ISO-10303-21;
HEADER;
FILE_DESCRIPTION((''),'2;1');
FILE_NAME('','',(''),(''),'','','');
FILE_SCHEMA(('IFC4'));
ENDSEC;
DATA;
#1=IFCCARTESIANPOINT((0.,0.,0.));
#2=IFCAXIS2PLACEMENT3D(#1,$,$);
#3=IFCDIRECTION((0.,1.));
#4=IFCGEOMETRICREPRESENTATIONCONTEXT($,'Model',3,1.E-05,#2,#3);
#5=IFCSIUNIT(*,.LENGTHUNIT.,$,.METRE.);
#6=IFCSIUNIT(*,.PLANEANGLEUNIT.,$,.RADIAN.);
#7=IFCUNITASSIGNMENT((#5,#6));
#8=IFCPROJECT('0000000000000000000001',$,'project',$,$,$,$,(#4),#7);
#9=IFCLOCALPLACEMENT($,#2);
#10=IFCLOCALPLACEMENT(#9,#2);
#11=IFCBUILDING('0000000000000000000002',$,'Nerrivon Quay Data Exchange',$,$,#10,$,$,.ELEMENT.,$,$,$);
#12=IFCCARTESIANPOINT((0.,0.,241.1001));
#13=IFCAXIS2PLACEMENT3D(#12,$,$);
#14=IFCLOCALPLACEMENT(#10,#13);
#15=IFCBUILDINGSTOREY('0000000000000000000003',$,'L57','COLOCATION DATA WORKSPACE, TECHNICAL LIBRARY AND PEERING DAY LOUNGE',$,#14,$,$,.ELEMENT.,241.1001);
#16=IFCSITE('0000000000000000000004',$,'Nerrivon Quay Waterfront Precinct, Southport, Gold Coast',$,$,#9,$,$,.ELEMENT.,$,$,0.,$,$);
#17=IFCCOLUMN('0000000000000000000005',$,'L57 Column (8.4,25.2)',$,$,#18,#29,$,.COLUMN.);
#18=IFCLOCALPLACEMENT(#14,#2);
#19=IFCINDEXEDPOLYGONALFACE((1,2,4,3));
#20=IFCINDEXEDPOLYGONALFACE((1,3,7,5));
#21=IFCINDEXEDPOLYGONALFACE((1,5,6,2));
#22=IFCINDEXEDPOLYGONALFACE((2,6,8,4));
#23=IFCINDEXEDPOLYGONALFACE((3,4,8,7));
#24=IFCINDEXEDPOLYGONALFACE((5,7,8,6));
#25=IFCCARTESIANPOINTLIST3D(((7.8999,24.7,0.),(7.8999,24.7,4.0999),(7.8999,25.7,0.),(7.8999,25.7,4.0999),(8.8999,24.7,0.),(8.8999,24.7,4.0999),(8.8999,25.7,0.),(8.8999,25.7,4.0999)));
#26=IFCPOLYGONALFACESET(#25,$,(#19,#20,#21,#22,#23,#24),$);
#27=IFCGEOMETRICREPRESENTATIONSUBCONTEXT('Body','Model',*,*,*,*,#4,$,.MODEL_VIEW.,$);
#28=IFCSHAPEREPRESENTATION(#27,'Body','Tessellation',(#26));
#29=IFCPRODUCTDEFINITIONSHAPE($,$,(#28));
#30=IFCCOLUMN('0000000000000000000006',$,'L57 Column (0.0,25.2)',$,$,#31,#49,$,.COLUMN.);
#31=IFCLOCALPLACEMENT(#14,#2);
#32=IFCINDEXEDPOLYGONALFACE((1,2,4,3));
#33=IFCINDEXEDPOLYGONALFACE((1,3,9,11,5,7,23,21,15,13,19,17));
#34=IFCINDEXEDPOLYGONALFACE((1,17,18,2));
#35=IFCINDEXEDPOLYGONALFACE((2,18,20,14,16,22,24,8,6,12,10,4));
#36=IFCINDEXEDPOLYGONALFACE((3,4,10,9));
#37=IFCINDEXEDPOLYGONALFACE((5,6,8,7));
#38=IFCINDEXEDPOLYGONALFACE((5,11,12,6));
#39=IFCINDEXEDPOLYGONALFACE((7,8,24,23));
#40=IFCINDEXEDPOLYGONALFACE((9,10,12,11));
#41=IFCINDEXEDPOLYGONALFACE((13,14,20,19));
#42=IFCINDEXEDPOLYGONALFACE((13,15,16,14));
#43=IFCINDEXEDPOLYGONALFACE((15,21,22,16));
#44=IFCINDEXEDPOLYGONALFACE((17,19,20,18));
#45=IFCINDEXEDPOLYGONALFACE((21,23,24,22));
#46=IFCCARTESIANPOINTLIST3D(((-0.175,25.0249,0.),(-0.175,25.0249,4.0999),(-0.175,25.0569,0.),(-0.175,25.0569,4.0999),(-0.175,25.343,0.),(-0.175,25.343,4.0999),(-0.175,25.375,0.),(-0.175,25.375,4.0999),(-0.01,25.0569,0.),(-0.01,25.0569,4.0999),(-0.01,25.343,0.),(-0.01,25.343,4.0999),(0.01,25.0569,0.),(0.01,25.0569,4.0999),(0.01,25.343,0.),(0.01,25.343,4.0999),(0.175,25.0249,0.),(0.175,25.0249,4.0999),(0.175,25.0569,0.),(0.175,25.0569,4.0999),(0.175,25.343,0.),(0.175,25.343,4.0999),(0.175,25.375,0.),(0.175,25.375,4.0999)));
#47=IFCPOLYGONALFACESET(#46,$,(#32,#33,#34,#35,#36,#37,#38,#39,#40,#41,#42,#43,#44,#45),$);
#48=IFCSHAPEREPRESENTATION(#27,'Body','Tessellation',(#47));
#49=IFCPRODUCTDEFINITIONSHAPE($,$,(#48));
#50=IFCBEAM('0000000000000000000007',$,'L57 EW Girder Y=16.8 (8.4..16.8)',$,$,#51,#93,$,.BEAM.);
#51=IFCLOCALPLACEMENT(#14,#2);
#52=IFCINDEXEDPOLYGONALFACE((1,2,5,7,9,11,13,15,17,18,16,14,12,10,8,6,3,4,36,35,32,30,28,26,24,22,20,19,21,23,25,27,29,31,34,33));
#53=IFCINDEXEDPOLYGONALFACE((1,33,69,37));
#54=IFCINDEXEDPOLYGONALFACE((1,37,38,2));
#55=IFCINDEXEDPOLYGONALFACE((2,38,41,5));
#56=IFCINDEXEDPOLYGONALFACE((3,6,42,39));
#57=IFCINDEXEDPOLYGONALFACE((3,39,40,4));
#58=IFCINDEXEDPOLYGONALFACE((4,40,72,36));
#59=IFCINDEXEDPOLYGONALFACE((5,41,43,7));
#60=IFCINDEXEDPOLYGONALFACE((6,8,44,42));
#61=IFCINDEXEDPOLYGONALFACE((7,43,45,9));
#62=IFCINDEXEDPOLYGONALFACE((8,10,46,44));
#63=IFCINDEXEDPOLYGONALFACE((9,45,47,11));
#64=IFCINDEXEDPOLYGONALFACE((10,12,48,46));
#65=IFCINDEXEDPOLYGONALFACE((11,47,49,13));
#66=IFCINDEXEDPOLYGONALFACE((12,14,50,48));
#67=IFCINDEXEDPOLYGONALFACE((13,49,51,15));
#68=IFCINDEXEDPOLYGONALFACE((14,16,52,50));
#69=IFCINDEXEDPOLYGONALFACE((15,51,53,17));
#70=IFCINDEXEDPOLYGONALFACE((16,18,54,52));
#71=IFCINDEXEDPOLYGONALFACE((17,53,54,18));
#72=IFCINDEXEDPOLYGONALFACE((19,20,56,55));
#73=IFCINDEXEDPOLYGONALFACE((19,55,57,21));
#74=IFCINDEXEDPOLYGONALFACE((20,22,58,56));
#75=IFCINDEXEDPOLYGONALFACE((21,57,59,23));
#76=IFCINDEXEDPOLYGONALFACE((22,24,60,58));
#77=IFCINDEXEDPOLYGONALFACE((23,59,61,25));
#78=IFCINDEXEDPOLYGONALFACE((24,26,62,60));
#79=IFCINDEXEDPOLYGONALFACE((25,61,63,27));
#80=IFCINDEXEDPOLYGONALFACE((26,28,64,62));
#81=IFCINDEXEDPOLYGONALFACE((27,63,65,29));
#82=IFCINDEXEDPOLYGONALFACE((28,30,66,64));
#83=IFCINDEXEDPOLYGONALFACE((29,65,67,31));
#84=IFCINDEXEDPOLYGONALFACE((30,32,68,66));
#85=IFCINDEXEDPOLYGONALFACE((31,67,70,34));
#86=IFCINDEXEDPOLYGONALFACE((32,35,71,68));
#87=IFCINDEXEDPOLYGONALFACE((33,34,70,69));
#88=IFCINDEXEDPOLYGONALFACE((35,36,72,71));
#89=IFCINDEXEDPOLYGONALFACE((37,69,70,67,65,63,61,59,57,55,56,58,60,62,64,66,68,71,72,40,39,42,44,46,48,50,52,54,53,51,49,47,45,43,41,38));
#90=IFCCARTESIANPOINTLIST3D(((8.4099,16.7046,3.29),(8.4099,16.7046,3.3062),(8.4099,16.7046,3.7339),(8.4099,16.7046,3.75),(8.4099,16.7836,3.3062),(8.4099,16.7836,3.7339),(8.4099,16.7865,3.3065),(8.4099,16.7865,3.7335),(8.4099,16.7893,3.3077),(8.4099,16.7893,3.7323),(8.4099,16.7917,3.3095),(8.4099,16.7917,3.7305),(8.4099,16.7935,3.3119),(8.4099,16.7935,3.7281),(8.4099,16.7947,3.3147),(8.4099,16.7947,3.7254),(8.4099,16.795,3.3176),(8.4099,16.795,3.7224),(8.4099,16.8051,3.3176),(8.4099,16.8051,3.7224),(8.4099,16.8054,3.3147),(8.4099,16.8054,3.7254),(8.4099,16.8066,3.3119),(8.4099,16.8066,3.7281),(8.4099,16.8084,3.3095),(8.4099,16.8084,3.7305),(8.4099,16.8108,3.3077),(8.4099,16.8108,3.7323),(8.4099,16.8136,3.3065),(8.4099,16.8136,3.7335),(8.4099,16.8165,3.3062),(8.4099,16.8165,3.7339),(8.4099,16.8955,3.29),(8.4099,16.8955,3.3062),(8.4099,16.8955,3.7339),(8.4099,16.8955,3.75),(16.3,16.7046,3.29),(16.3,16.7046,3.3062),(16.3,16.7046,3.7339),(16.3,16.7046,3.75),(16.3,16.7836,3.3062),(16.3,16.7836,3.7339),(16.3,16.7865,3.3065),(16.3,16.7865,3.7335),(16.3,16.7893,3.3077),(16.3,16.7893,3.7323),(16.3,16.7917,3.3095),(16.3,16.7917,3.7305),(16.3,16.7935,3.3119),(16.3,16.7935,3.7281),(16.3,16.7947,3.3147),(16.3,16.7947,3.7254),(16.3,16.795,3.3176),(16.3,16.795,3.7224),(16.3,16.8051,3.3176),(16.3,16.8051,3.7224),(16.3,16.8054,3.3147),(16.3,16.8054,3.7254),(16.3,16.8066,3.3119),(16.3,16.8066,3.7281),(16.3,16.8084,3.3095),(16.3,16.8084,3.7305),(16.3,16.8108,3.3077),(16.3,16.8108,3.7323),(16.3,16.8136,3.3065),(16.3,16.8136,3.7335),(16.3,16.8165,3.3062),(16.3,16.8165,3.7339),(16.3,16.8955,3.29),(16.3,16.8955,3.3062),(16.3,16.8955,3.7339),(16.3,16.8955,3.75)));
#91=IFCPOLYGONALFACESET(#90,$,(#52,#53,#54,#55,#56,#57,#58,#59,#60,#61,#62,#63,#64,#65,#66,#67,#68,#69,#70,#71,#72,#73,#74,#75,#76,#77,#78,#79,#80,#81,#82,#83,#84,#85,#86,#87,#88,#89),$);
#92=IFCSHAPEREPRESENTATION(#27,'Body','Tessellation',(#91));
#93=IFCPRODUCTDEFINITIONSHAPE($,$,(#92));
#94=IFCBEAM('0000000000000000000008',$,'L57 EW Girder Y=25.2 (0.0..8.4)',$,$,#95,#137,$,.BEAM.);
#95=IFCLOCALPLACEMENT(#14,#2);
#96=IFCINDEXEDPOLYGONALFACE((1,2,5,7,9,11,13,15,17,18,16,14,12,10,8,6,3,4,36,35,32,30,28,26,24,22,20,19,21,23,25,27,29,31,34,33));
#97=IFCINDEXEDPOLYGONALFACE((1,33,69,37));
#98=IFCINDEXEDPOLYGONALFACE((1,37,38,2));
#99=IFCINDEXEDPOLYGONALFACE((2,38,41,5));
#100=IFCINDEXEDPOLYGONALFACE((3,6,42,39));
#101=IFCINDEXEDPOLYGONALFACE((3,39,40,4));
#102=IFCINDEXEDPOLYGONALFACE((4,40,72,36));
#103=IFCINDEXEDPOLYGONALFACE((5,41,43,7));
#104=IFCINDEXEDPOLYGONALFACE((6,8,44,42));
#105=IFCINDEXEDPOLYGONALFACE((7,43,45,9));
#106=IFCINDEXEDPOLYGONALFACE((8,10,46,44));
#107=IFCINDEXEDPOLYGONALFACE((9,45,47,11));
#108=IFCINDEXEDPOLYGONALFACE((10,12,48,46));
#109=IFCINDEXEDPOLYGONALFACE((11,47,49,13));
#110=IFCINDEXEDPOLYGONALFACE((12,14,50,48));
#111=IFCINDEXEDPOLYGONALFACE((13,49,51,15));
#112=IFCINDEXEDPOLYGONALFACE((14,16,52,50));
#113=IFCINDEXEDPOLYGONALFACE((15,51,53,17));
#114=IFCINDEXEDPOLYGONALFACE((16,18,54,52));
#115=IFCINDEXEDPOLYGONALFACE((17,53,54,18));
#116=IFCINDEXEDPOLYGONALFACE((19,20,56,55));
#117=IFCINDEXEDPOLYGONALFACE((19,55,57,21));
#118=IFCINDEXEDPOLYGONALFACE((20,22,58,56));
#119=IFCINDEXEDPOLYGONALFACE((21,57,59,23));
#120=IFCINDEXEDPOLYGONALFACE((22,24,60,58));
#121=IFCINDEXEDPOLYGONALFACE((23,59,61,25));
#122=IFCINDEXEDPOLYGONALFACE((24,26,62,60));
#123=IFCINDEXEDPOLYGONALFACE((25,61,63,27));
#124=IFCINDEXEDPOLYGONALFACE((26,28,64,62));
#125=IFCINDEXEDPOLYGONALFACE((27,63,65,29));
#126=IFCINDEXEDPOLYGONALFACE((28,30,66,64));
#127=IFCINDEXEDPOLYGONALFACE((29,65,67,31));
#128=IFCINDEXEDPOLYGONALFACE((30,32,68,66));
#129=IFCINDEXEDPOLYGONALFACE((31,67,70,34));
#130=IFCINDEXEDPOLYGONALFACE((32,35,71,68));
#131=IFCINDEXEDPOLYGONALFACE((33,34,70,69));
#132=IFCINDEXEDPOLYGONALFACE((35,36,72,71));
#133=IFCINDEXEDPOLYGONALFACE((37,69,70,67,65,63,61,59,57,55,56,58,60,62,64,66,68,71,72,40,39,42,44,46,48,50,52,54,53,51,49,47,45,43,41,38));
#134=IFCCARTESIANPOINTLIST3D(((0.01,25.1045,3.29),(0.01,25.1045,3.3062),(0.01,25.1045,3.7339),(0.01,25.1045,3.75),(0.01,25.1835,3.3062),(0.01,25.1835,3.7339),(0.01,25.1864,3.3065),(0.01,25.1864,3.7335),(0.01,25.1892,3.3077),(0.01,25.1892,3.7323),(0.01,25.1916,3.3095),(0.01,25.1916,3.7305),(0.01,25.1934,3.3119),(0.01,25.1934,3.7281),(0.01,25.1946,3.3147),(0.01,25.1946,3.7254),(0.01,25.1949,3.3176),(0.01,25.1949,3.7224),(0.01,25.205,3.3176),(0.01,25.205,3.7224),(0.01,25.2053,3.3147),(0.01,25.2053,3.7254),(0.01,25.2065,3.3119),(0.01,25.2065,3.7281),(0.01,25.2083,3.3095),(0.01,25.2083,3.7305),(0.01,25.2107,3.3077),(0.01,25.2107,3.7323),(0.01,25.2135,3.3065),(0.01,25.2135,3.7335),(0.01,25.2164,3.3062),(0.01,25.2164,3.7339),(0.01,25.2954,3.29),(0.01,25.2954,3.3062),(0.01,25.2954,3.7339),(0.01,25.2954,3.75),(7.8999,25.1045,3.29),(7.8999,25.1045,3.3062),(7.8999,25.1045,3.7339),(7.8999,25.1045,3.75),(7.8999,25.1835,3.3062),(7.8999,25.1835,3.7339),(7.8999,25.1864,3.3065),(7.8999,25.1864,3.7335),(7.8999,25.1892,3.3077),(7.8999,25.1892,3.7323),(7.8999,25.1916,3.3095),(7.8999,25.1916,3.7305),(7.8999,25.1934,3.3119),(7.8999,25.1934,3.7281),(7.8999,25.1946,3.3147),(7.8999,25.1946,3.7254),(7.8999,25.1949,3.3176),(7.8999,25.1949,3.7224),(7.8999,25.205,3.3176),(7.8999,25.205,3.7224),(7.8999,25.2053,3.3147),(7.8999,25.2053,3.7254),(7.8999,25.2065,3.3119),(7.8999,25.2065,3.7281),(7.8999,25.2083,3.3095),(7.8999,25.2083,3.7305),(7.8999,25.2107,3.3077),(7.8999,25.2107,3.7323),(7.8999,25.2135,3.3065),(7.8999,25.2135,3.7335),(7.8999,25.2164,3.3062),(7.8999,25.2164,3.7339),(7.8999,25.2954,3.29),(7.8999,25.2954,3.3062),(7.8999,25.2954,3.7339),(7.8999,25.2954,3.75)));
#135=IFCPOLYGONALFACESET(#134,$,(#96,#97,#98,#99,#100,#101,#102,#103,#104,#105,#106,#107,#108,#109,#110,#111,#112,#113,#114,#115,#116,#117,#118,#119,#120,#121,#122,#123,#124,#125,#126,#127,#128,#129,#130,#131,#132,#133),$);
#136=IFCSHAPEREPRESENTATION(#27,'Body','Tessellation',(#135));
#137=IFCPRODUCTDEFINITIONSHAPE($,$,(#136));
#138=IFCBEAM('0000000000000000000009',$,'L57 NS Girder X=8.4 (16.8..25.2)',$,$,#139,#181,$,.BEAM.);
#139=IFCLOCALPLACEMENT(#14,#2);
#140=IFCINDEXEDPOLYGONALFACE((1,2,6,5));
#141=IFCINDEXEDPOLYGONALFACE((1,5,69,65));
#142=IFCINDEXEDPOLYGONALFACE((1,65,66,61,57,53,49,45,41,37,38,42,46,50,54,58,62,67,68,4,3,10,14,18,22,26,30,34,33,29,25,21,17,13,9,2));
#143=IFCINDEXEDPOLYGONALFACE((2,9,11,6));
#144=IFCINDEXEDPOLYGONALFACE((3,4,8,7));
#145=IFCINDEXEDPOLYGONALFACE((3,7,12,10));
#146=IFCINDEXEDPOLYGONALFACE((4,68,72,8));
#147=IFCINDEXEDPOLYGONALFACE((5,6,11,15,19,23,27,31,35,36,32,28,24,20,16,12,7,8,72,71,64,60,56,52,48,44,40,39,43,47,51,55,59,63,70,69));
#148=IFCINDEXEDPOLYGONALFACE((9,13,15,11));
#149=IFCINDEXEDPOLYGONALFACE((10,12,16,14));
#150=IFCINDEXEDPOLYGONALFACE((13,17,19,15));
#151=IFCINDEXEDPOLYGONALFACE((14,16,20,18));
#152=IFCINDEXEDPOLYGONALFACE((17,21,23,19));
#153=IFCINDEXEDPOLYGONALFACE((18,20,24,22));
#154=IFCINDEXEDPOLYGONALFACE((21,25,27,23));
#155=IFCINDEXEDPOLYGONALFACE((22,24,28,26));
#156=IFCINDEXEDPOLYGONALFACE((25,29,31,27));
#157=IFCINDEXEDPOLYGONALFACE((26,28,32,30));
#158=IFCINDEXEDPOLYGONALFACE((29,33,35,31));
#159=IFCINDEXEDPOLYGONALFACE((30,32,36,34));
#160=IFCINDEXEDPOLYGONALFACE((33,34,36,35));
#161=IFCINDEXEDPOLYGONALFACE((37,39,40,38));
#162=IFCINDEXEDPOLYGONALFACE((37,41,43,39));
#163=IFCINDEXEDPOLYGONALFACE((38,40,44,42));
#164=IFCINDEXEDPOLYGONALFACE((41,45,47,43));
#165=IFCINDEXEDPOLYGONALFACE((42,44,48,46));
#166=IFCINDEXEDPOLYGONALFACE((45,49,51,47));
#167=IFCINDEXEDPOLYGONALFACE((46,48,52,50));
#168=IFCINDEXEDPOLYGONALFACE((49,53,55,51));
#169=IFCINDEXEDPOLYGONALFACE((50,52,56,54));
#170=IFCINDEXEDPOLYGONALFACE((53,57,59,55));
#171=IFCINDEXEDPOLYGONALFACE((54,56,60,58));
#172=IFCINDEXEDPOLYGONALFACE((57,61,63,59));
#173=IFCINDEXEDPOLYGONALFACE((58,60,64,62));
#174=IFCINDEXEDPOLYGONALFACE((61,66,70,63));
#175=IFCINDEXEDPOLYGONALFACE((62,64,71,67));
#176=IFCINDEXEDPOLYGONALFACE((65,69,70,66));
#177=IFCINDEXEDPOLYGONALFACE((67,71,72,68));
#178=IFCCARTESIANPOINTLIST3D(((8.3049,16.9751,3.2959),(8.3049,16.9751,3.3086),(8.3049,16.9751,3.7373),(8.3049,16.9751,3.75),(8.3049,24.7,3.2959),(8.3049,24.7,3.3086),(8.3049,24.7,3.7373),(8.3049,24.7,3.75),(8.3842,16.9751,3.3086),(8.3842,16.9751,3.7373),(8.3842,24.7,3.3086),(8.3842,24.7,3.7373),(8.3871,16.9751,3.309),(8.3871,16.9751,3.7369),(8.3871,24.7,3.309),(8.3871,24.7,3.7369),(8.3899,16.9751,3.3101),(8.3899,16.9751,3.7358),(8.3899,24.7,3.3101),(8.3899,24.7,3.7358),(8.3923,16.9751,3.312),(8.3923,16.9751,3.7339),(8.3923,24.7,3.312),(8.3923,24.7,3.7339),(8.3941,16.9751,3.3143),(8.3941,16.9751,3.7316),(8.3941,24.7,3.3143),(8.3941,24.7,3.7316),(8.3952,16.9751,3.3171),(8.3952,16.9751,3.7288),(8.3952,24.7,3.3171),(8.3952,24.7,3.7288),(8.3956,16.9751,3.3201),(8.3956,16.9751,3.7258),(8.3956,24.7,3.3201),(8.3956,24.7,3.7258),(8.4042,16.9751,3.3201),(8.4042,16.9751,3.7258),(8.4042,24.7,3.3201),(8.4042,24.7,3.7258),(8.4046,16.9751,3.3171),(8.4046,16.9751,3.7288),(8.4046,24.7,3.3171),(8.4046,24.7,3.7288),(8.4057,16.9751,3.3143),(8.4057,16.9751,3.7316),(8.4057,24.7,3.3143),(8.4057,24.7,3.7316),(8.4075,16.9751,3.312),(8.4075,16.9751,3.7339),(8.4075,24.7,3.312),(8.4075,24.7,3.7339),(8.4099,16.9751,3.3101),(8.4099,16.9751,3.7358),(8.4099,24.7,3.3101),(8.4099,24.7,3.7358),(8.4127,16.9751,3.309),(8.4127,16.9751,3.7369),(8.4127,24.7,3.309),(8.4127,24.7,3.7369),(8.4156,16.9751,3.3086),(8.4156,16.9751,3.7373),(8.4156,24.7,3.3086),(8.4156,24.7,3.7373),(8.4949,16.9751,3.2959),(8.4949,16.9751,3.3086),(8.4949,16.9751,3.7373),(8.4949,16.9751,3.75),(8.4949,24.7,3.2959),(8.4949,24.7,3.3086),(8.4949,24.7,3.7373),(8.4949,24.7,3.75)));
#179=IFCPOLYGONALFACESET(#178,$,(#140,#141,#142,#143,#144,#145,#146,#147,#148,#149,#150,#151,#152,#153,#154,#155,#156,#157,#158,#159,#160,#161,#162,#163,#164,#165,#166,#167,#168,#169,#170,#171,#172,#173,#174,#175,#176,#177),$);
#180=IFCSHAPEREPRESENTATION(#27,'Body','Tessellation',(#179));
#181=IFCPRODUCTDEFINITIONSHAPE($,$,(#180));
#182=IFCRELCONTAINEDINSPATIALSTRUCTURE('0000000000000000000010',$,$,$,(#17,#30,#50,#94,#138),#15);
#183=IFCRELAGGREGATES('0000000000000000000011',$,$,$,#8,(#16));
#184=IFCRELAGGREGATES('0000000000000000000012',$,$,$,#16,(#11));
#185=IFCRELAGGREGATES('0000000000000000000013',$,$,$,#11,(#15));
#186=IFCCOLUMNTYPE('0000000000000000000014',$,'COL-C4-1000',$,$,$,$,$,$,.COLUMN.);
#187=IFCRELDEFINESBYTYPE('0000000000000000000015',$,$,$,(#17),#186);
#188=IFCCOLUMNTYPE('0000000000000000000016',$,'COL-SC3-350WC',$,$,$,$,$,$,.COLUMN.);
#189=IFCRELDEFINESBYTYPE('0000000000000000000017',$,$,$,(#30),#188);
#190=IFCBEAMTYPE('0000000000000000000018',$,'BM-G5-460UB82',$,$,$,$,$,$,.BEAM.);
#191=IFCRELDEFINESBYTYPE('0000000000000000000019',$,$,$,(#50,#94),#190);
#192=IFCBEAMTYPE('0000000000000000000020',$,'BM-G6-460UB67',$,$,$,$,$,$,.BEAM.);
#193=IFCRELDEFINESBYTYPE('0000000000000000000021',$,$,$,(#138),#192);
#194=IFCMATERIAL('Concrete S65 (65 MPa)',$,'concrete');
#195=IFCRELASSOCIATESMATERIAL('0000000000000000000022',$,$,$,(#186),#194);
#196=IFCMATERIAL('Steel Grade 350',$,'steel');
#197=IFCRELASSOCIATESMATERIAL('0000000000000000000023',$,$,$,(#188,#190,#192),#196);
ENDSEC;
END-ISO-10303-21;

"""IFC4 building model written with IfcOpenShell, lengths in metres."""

from ifc_helpers import new_model, si_unit, direction, frame, origin, origin_2d, place, context, subcontext, project, spatial, rectangle, i_section, extrude, material, material_profile, profile_set, type_object, element, save


model = new_model("IFC4")

# Units and contexts
model_context = context("Model", 3, precision=1e-05, world=origin(), true_north=direction((0.0, 1.0)))
body_context = subcontext(model_context, "Body", "Model", "MODEL_VIEW")
ifc_project = project(units=[si_unit("LENGTHUNIT", "METRE"), si_unit("PLANEANGLEUNIT", "RADIAN")], contexts=[model_context])

# Site, building, storey
site_placement = place(None, origin())
site = spatial("IfcSite", under=ifc_project, at=site_placement, Name="Nerrivon Quay Waterfront Precinct, Southport, Gold Coast", CompositionType="ELEMENT", RefElevation=0.0)
building_placement = place(site_placement, origin())
building = spatial("IfcBuilding", under=site, at=building_placement, Name="Nerrivon Quay Data Exchange", CompositionType="ELEMENT")
storey_placement = place(building_placement, frame((0.0, 0.0, 241.1001)))
storey = spatial("IfcBuildingStorey", under=building, at=storey_placement, Name="L57", Description="COLOCATION DATA WORKSPACE, TECHNICAL LIBRARY AND PEERING DAY LOUNGE", CompositionType="ELEMENT", Elevation=241.1001)

# Columns
ifc_material_1 = material(Name="Concrete S65 (65 MPa)", Category="concrete")
ifc_material_profile_1 = material_profile(ifc_material_1, rectangle(XDim=1.0, YDim=1.0, at=origin_2d()), Name="RC-COL-1000x1000")
ifc_profile_set_1 = profile_set([ifc_material_profile_1], Name="Concrete S65 (65 MPa)")
column_type_1 = type_object("IfcColumnType", Name="COL-C4-1000", PredefinedType="COLUMN", material=ifc_profile_set_1)
column_1_placement = place(storey_placement, frame((8.3999, 25.2, 0.0), z_axis=(0.0, 0.0, 1.0), x_axis=(1.0, 0.0, 0.0)))
element("IfcColumn", 1, at=column_1_placement, inside=storey, type_object=column_type_1, Name="L57 Column (8.4,25.2)", PredefinedType="COLUMN", context=body_context, shape_type="SweptSolid", body=[
    extrude(rectangle(XDim=1.0, YDim=1.0, at=origin_2d()), origin(), (0.0, 0.0, 1.0), 4.0999),
])
ifc_material_2 = material(Name="Steel Grade 350", Category="steel")
ifc_material_profile_2 = material_profile(ifc_material_2, i_section(OverallWidth=0.3501, OverallDepth=0.3501, WebThickness=0.02, FlangeThickness=0.032, at=origin_2d()), Name="350WC230")
ifc_profile_set_2 = profile_set([ifc_material_profile_2], Name="Steel Grade 350")
column_type_2 = type_object("IfcColumnType", Name="COL-SC3-350WC", PredefinedType="COLUMN", material=ifc_profile_set_2)
column_2_placement = place(storey_placement, frame((0.0, 25.2, 0.0), z_axis=(0.0, 0.0, 1.0), x_axis=(1.0, 0.0, 0.0)))
element("IfcColumn", 2, at=column_2_placement, inside=storey, type_object=column_type_2, Name="L57 Column (0.0,25.2)", PredefinedType="COLUMN", context=body_context, shape_type="SweptSolid", body=[
    extrude(i_section(OverallWidth=0.3501, OverallDepth=0.3501, WebThickness=0.02, FlangeThickness=0.032, at=origin_2d()), origin(), (0.0, 0.0, 1.0), 4.0999),
])

# Beams
ifc_material_profile_3 = material_profile(ifc_material_2, i_section(OverallWidth=0.1909, OverallDepth=0.46, WebThickness=0.01, FlangeThickness=0.0161, FilletRadius=0.0115, at=origin_2d()), Name="460UB82.1")
ifc_profile_set_3 = profile_set([ifc_material_profile_3], Name="Steel Grade 350")
beam_type_1 = type_object("IfcBeamType", Name="BM-G5-460UB82", PredefinedType="BEAM", material=ifc_profile_set_3)
beam_1_placement = place(storey_placement, frame((8.4099, 16.8, 3.52), z_axis=(1.0, 0.0, 0.0), x_axis=(0.0, 1.0, 0.0)))
element("IfcBeam", 3, at=beam_1_placement, inside=storey, type_object=beam_type_1, Name="L57 EW Girder Y=16.8 (8.4..16.8)", PredefinedType="BEAM", context=body_context, shape_type="SweptSolid", body=[
    extrude(i_section(OverallWidth=0.1909, OverallDepth=0.46, WebThickness=0.01, FlangeThickness=0.0161, FilletRadius=0.0115, at=origin_2d()), origin(), (0.0, 0.0, 1.0), 7.8901),
])
beam_2_placement = place(storey_placement, frame((0.01, 25.2, 3.52), z_axis=(1.0, 0.0, 0.0), x_axis=(0.0, 1.0, 0.0)))
element("IfcBeam", 4, at=beam_2_placement, inside=storey, type_object=beam_type_1, Name="L57 EW Girder Y=25.2 (0.0..8.4)", PredefinedType="BEAM", context=body_context, shape_type="SweptSolid", body=[
    extrude(i_section(OverallWidth=0.1909, OverallDepth=0.46, WebThickness=0.01, FlangeThickness=0.0161, FilletRadius=0.0115, at=origin_2d()), origin(), (0.0, 0.0, 1.0), 7.8899),
])
ifc_material_profile_4 = material_profile(ifc_material_2, i_section(OverallWidth=0.1899, OverallDepth=0.4541, WebThickness=0.0085, FlangeThickness=0.0127, FilletRadius=0.0115, at=origin_2d()), Name="460UB67.1")
ifc_profile_set_4 = profile_set([ifc_material_profile_4], Name="Steel Grade 350")
beam_type_2 = type_object("IfcBeamType", Name="BM-G6-460UB67", PredefinedType="BEAM", material=ifc_profile_set_4)
beam_3_placement = place(storey_placement, frame((8.3999, 16.9751, 3.5229), z_axis=(0.0, 1.0, 0.0), x_axis=(-1.0, 0.0, 0.0)))
element("IfcBeam", 5, at=beam_3_placement, inside=storey, type_object=beam_type_2, Name="L57 NS Girder X=8.4 (16.8..25.2)", PredefinedType="BEAM", context=body_context, shape_type="SweptSolid", body=[
    extrude(i_section(OverallWidth=0.1899, OverallDepth=0.4541, WebThickness=0.0085, FlangeThickness=0.0127, FilletRadius=0.0115, at=origin_2d()), origin(), (0.0, 0.0, 1.0), 7.7249),
])

save(model, "model.ifc")
